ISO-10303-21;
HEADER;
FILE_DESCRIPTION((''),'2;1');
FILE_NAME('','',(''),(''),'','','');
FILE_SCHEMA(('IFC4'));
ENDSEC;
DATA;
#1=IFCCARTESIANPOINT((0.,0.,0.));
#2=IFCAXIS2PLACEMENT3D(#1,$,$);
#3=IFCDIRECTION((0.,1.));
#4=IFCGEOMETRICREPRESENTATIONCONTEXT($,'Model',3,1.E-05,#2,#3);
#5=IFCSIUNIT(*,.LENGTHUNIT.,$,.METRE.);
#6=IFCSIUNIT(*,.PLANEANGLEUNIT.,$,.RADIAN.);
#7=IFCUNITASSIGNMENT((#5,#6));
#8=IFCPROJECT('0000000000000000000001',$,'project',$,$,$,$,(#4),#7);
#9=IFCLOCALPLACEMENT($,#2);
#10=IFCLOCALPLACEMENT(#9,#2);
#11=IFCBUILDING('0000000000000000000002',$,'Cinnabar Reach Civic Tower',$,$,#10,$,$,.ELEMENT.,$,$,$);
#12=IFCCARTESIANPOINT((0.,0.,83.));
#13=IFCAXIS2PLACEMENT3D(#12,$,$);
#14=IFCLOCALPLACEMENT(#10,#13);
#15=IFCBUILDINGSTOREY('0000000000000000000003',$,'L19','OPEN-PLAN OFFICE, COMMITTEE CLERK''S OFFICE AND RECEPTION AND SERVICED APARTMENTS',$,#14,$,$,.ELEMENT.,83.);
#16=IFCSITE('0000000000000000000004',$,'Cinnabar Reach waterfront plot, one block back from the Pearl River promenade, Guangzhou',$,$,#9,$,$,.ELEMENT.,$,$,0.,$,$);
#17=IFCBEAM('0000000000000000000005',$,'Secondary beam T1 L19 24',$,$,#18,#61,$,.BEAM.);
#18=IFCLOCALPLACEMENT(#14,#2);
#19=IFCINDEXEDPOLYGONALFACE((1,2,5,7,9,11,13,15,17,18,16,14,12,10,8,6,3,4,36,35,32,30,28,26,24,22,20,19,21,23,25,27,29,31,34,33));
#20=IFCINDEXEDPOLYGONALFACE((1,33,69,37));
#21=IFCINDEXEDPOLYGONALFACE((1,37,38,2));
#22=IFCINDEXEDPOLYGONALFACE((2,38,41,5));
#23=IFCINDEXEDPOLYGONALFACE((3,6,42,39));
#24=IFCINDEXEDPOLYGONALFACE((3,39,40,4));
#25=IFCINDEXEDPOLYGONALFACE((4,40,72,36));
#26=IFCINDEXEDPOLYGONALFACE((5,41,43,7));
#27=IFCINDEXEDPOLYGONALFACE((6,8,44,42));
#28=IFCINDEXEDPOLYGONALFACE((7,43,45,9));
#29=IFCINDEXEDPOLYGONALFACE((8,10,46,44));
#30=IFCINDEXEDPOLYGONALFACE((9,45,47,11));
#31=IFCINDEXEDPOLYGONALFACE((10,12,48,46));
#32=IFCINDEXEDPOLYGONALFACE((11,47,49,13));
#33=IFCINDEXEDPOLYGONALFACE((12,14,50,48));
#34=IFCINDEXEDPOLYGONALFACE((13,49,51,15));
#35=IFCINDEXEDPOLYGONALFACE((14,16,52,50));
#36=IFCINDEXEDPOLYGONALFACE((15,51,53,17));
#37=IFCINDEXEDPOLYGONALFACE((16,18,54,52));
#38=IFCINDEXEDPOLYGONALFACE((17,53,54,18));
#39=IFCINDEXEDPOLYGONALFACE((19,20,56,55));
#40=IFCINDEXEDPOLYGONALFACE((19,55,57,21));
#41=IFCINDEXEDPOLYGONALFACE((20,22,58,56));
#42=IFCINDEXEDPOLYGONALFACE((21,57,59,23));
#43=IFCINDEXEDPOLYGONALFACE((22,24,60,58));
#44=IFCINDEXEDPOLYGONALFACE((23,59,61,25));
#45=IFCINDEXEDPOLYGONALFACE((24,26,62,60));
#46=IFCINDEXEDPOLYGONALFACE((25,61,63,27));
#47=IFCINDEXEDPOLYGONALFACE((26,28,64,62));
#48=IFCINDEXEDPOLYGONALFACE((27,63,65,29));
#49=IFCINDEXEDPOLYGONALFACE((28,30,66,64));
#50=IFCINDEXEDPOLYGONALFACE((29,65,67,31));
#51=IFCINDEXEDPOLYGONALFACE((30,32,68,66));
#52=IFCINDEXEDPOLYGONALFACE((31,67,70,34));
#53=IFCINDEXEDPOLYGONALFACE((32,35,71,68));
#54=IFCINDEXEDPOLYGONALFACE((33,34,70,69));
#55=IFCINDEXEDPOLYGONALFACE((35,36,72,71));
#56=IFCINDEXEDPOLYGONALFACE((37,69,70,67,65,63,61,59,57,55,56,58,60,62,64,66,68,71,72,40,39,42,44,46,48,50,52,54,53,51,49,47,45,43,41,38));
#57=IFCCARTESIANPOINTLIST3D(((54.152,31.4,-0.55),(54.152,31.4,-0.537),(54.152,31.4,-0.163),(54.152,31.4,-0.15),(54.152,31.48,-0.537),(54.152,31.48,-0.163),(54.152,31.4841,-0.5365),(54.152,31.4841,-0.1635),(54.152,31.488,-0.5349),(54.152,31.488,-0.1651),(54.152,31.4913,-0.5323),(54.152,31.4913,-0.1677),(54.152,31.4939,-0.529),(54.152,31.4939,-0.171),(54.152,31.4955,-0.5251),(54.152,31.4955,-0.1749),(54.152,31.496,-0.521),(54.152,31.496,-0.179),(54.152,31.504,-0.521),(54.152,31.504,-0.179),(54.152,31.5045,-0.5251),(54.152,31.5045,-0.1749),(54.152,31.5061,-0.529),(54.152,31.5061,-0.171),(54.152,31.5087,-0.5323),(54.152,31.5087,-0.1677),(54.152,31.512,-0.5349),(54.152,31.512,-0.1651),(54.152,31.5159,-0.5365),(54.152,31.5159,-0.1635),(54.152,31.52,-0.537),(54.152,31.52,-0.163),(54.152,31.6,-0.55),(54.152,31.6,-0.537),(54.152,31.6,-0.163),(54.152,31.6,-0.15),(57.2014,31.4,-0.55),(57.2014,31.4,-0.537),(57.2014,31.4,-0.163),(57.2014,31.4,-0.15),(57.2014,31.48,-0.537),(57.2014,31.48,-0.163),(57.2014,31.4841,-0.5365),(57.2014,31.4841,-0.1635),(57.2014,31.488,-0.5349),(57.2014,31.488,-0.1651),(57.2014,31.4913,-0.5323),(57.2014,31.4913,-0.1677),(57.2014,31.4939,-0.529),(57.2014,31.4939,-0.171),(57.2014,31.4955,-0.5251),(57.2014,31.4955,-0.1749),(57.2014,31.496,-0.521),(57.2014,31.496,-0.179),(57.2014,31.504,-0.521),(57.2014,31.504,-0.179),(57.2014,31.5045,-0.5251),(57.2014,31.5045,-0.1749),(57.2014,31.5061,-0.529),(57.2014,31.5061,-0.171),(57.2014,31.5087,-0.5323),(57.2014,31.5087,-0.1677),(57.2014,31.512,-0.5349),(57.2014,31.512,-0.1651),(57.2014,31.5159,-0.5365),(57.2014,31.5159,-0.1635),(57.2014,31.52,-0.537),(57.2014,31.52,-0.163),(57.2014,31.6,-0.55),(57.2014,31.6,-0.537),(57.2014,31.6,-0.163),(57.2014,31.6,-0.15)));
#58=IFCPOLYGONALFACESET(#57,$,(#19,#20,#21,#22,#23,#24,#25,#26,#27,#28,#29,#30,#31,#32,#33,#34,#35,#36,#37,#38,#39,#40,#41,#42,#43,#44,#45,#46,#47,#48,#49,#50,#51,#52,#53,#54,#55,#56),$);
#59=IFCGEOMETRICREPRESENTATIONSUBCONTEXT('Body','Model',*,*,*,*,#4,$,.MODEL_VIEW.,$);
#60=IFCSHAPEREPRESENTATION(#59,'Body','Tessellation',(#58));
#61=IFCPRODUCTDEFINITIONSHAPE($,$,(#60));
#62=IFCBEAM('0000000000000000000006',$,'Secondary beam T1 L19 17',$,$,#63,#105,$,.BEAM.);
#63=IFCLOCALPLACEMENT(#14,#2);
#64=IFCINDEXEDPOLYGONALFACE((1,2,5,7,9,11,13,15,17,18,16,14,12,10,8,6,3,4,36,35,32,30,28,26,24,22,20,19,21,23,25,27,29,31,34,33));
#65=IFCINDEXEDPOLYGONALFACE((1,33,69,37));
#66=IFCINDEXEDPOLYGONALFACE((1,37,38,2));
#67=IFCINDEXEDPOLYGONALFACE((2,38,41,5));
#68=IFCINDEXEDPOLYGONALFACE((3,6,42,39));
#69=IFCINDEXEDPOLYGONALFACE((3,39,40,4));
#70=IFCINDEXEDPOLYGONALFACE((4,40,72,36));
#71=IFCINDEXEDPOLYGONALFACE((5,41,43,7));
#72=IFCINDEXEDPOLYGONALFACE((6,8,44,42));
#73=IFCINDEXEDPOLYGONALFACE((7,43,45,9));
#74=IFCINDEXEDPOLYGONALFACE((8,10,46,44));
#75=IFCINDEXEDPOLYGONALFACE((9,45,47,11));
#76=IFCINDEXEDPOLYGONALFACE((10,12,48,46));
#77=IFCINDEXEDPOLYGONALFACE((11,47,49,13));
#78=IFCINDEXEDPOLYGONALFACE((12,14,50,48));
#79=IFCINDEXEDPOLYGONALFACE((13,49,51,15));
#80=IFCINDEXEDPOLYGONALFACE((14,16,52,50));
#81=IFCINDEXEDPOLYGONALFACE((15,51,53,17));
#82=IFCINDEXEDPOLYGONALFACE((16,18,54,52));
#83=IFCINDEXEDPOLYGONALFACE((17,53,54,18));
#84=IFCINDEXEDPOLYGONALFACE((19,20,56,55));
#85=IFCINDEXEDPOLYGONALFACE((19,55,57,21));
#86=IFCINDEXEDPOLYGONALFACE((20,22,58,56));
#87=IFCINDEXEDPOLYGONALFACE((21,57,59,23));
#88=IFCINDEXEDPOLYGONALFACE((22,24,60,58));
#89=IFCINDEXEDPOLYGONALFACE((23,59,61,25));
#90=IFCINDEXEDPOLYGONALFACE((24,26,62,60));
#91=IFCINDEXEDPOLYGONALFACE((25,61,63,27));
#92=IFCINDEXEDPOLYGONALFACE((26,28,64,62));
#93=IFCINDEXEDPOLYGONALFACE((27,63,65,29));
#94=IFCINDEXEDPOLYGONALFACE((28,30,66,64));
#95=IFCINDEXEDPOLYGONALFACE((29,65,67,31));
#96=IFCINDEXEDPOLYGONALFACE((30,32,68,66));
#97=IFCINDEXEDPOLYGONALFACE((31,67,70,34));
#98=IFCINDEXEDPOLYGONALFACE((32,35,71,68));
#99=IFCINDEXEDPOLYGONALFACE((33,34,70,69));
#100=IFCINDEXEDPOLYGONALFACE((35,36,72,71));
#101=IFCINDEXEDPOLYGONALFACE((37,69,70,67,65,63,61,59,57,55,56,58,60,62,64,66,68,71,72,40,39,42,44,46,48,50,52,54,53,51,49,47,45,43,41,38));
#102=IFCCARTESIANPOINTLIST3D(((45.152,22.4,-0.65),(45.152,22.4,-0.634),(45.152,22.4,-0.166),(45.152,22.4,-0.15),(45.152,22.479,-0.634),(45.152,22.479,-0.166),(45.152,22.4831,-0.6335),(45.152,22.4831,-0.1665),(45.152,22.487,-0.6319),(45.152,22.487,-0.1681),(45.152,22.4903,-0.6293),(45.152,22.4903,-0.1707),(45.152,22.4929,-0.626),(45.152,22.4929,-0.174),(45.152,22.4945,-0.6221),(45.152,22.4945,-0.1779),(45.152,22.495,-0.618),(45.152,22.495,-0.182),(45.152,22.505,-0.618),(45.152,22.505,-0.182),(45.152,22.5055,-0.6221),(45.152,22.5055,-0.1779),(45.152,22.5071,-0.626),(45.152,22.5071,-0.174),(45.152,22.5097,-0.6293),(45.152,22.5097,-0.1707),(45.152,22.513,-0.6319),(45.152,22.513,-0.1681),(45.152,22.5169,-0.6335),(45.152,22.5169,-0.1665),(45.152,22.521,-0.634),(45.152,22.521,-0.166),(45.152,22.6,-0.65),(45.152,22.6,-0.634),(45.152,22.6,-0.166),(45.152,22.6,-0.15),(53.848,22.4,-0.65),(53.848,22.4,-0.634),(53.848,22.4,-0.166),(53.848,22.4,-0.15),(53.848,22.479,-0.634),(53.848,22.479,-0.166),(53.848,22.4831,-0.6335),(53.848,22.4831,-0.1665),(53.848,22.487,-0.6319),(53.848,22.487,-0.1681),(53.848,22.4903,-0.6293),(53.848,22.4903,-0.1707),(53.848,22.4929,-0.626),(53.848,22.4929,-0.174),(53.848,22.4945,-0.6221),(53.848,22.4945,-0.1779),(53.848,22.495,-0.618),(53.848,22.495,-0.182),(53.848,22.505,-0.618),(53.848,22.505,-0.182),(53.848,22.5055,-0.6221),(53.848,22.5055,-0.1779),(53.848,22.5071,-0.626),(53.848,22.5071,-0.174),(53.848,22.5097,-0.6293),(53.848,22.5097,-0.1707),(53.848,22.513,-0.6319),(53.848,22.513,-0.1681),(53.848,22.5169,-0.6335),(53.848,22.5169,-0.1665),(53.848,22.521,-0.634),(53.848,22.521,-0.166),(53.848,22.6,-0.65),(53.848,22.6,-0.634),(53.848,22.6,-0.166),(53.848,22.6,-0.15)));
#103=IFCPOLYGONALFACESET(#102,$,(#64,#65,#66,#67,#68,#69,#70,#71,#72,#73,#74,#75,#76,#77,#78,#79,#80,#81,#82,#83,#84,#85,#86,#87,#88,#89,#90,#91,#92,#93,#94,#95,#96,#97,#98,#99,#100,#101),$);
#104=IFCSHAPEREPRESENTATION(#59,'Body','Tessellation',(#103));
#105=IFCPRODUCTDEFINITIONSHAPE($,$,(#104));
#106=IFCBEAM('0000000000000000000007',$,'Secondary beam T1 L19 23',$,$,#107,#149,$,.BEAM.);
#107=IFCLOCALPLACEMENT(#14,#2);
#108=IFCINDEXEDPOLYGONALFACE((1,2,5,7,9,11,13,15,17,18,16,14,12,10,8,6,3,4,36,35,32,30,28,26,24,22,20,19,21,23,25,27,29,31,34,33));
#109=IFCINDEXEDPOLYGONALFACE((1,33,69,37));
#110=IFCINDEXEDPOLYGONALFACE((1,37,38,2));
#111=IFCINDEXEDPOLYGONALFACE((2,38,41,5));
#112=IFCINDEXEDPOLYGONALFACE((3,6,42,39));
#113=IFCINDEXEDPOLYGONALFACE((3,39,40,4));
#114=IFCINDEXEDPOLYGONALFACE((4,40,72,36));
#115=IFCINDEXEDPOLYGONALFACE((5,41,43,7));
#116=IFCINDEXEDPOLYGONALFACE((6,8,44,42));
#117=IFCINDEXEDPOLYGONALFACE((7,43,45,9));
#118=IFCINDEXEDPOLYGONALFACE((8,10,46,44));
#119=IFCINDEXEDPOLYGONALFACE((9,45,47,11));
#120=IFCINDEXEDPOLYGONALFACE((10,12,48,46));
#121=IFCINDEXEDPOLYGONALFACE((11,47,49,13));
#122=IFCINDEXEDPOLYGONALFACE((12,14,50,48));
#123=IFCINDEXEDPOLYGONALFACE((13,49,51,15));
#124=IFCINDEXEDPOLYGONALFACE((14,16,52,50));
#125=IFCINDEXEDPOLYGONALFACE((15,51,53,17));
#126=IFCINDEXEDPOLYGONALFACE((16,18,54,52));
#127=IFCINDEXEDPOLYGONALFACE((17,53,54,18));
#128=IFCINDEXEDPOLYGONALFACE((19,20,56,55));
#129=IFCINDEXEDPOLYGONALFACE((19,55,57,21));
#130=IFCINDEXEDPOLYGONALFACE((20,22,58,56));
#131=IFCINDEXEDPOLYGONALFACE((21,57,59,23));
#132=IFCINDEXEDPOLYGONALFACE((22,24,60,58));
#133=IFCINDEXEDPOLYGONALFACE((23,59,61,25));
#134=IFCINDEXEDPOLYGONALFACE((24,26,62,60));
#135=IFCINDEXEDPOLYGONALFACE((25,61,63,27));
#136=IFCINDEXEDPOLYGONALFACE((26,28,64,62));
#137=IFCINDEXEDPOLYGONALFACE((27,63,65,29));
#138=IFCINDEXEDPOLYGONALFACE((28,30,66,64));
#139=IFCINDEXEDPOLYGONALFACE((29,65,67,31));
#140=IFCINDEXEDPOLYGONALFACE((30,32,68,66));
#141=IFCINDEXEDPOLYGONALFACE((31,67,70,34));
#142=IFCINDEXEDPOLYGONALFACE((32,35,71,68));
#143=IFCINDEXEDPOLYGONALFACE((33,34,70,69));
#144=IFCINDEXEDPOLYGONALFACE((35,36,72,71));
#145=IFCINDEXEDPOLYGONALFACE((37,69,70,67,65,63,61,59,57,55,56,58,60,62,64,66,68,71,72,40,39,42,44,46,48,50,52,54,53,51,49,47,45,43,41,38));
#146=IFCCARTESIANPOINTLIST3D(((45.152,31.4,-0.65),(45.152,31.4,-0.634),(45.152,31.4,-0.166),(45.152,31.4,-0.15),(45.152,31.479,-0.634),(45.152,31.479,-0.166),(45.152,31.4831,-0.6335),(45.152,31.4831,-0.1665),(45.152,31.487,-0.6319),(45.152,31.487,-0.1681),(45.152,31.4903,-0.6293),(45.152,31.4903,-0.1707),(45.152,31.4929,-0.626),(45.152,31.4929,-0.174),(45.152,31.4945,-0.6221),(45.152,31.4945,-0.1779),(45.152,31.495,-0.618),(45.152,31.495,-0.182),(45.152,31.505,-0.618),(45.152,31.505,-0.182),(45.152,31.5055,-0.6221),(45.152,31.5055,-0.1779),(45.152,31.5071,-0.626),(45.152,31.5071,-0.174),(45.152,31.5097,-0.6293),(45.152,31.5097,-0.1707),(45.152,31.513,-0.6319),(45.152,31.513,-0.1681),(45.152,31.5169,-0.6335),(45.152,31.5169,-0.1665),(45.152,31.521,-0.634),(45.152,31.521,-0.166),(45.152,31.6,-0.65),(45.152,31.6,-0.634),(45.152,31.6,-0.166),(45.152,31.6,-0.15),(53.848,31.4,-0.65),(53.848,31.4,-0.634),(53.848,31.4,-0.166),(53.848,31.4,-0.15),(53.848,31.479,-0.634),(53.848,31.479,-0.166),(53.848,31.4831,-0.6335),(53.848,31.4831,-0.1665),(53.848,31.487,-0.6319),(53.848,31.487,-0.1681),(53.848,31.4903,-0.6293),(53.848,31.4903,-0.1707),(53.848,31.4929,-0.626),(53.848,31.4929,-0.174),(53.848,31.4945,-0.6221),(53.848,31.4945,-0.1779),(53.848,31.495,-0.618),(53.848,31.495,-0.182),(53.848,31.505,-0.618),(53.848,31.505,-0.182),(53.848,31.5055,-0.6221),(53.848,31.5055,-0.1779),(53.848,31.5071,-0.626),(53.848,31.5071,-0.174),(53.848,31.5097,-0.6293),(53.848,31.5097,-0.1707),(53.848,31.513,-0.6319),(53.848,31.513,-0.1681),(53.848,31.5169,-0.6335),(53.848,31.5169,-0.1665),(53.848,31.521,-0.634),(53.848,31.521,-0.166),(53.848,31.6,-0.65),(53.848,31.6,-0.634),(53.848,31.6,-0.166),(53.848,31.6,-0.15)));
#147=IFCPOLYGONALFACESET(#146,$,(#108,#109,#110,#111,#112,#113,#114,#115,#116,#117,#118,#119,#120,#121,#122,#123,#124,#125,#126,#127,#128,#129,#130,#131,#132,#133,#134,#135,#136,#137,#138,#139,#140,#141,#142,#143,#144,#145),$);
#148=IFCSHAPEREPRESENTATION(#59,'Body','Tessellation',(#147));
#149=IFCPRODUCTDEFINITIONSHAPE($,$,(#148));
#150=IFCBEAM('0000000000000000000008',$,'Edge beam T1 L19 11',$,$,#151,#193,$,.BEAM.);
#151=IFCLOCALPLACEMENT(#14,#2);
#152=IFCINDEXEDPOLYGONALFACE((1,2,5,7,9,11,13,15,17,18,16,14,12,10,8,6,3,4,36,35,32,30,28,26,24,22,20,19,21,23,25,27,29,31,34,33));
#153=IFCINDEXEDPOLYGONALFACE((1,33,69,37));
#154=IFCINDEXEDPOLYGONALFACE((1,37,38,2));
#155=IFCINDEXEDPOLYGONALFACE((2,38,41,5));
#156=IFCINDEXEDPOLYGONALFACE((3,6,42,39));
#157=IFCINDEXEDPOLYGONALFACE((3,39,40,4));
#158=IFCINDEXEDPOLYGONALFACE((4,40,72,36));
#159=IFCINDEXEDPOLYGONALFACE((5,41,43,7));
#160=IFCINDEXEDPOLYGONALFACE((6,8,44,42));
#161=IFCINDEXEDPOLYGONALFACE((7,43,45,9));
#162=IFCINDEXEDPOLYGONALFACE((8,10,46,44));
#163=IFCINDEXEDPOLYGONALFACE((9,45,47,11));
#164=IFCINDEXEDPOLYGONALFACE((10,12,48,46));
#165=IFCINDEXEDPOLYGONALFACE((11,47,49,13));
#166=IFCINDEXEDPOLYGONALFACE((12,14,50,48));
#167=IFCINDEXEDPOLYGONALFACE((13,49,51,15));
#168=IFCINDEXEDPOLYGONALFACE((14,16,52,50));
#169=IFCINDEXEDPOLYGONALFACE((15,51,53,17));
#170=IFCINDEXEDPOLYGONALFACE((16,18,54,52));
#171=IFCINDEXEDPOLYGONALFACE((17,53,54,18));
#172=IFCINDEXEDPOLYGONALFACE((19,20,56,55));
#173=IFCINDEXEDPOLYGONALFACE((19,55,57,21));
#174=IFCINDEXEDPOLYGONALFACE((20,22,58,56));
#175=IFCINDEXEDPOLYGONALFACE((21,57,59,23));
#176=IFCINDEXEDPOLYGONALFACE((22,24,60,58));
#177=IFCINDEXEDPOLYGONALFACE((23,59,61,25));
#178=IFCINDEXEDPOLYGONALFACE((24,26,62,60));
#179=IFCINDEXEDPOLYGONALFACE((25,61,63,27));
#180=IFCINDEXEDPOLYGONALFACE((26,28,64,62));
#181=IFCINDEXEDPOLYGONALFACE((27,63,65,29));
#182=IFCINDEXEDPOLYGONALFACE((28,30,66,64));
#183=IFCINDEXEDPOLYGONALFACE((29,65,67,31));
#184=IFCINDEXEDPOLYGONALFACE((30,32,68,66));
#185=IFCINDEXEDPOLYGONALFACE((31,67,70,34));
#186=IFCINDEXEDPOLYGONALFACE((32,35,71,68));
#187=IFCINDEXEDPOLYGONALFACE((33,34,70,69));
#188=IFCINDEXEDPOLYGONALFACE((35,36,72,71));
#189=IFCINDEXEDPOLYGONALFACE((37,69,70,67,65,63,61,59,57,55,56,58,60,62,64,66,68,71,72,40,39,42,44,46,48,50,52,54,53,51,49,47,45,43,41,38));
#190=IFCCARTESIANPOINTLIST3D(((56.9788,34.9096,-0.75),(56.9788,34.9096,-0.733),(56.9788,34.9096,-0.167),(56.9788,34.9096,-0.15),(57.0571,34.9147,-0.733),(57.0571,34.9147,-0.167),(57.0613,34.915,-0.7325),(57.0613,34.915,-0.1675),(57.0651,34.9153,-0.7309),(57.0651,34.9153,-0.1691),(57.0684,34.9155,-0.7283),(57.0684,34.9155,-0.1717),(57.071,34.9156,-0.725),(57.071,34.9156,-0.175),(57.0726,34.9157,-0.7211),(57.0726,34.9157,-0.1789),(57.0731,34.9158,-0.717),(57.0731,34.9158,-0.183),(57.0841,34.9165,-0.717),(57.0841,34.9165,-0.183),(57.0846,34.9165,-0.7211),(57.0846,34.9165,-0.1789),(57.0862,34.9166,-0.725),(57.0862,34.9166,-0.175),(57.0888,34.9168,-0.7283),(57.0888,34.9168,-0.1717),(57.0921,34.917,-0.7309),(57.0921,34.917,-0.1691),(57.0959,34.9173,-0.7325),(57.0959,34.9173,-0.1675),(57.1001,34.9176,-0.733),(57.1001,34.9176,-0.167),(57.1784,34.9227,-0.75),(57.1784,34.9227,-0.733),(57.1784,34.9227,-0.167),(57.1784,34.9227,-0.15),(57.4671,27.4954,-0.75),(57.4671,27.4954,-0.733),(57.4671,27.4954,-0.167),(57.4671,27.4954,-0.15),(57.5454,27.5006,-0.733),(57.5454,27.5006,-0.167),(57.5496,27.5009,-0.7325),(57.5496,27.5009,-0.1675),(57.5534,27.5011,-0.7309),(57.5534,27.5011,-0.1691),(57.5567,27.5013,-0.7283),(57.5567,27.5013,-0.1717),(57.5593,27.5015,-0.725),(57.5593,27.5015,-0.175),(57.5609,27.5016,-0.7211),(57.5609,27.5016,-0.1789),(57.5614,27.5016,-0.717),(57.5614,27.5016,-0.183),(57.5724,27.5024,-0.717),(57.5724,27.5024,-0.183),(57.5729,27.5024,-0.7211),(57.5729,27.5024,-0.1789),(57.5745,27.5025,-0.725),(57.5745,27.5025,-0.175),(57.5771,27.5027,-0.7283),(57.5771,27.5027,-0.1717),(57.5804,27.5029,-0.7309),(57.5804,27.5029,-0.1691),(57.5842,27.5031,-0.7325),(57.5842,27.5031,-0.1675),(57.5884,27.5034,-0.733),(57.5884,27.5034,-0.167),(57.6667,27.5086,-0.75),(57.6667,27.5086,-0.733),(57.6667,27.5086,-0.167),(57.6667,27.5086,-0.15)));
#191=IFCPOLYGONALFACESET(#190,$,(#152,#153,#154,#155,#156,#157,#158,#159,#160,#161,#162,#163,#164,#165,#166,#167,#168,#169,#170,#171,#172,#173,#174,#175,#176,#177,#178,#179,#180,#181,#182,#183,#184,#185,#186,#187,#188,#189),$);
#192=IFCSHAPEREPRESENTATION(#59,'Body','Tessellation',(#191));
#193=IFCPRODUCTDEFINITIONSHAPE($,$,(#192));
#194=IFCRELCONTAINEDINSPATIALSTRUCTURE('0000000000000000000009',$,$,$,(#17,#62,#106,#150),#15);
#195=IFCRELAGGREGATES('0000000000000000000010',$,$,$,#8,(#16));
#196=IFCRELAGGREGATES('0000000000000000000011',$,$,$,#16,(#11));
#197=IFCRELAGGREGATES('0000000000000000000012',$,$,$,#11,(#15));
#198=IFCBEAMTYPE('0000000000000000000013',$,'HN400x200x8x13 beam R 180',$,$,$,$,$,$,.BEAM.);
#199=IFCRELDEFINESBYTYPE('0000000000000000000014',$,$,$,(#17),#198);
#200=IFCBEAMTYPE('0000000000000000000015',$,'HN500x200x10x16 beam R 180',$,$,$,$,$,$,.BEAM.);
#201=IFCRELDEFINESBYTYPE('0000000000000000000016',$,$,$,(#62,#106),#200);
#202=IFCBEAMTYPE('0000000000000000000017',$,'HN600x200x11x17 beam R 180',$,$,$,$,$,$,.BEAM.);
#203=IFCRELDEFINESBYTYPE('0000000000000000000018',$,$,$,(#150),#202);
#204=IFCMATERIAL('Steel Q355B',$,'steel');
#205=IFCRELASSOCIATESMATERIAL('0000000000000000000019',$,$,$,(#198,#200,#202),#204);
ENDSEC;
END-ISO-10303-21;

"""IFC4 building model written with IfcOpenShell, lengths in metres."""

from ifc_helpers import new_model, si_unit, direction, frame, origin, origin_2d, place, context, subcontext, project, spatial, i_section, extrude, material, material_profile, profile_set, type_object, element, save


model = new_model("IFC4")

# Units and contexts
model_context = context("Model", 3, precision=1e-05, world=origin(), true_north=direction((0.0, 1.0)))
body_context = subcontext(model_context, "Body", "Model", "MODEL_VIEW")
ifc_project = project(units=[si_unit("LENGTHUNIT", "METRE"), si_unit("PLANEANGLEUNIT", "RADIAN")], contexts=[model_context])

# Site, building, storey
site_placement = place(None, origin())
site = spatial("IfcSite", under=ifc_project, at=site_placement, Name="Cinnabar Reach waterfront plot, one block back from the Pearl River promenade, Guangzhou", CompositionType="ELEMENT", RefElevation=0.0)
building_placement = place(site_placement, origin())
building = spatial("IfcBuilding", under=site, at=building_placement, Name="Cinnabar Reach Civic Tower", CompositionType="ELEMENT")
storey_placement = place(building_placement, frame((0.0, 0.0, 83.0)))
storey = spatial("IfcBuildingStorey", under=building, at=storey_placement, Name="L19", Description="OPEN-PLAN OFFICE, COMMITTEE CLERK'S OFFICE AND RECEPTION AND SERVICED APARTMENTS", CompositionType="ELEMENT", Elevation=83.0)

# Beams
ifc_material_1 = material(Name="Steel Q355B", Category="steel")
ifc_material_profile_1 = material_profile(ifc_material_1, i_section(OverallWidth=0.2, OverallDepth=0.4, WebThickness=0.008, FlangeThickness=0.013, FilletRadius=0.016, at=origin_2d()), Name="HN400x200x8x13")
ifc_profile_set_1 = profile_set([ifc_material_profile_1], Name="Steel Q355B")
beam_type_1 = type_object("IfcBeamType", Name="HN400x200x8x13 beam R 180", PredefinedType="BEAM", material=ifc_profile_set_1)
beam_1_placement = place(storey_placement, frame((54.152, 31.5, -0.35), z_axis=(1.0, 0.0, 0.0), x_axis=(0.0, 1.0, 0.0)))
element("IfcBeam", 1, at=beam_1_placement, inside=storey, type_object=beam_type_1, Name="Secondary beam T1 L19 24", PredefinedType="BEAM", context=body_context, shape_type="SweptSolid", body=[
    extrude(i_section(OverallWidth=0.2, OverallDepth=0.4, WebThickness=0.008, FlangeThickness=0.013, FilletRadius=0.016, at=origin_2d()), origin(), (0.0, 0.0, 1.0), 3.0494),
])
ifc_material_profile_2 = material_profile(ifc_material_1, i_section(OverallWidth=0.2, OverallDepth=0.5, WebThickness=0.01, FlangeThickness=0.016, FilletRadius=0.016, at=origin_2d()), Name="HN500x200x10x16")
ifc_profile_set_2 = profile_set([ifc_material_profile_2], Name="Steel Q355B")
beam_type_2 = type_object("IfcBeamType", Name="HN500x200x10x16 beam R 180", PredefinedType="BEAM", material=ifc_profile_set_2)
for number, where, z_axis, x_axis, name in (
    (2, (45.152, 22.5, -0.4), (1.0, 0.0, 0.0), (0.0, 1.0, 0.0), "Secondary beam T1 L19 17"),
    (3, (45.152, 31.5, -0.4), (1.0, 0.0, 0.0), (0.0, 1.0, 0.0), "Secondary beam T1 L19 23"),
):
    element("IfcBeam", number, at=place(storey_placement, frame(where, z_axis=z_axis, x_axis=x_axis)), inside=storey, type_object=beam_type_2, Name=name, PredefinedType="BEAM", context=body_context, shape_type="SweptSolid", body=[
        extrude(i_section(OverallWidth=0.2, OverallDepth=0.5, WebThickness=0.01, FlangeThickness=0.016, FilletRadius=0.016, at=origin_2d()), origin(), (0.0, 0.0, 1.0), 8.696),
    ])
ifc_material_profile_3 = material_profile(ifc_material_1, i_section(OverallWidth=0.2, OverallDepth=0.6, WebThickness=0.011, FlangeThickness=0.017, FilletRadius=0.016, at=origin_2d()), Name="HN600x200x11x17")
ifc_profile_set_3 = profile_set([ifc_material_profile_3], Name="Steel Q355B")
beam_type_3 = type_object("IfcBeamType", Name="HN600x200x11x17 beam R 180", PredefinedType="BEAM", material=ifc_profile_set_3)
beam_2_placement = place(storey_placement, frame((57.5669, 27.502, -0.45), z_axis=(-0.065719, 0.997838, 0.0), x_axis=(-0.997838, -0.065719, 0.0)))
element("IfcBeam", 4, at=beam_2_placement, inside=storey, type_object=beam_type_3, Name="Edge beam T1 L19 11", PredefinedType="BEAM", context=body_context, shape_type="SweptSolid", body=[
    extrude(i_section(OverallWidth=0.2, OverallDepth=0.6, WebThickness=0.011, FlangeThickness=0.017, FilletRadius=0.016, at=origin_2d()), origin(), (0.0, 0.0, 1.0), 7.4302),
])

save(model, "model.ifc")
